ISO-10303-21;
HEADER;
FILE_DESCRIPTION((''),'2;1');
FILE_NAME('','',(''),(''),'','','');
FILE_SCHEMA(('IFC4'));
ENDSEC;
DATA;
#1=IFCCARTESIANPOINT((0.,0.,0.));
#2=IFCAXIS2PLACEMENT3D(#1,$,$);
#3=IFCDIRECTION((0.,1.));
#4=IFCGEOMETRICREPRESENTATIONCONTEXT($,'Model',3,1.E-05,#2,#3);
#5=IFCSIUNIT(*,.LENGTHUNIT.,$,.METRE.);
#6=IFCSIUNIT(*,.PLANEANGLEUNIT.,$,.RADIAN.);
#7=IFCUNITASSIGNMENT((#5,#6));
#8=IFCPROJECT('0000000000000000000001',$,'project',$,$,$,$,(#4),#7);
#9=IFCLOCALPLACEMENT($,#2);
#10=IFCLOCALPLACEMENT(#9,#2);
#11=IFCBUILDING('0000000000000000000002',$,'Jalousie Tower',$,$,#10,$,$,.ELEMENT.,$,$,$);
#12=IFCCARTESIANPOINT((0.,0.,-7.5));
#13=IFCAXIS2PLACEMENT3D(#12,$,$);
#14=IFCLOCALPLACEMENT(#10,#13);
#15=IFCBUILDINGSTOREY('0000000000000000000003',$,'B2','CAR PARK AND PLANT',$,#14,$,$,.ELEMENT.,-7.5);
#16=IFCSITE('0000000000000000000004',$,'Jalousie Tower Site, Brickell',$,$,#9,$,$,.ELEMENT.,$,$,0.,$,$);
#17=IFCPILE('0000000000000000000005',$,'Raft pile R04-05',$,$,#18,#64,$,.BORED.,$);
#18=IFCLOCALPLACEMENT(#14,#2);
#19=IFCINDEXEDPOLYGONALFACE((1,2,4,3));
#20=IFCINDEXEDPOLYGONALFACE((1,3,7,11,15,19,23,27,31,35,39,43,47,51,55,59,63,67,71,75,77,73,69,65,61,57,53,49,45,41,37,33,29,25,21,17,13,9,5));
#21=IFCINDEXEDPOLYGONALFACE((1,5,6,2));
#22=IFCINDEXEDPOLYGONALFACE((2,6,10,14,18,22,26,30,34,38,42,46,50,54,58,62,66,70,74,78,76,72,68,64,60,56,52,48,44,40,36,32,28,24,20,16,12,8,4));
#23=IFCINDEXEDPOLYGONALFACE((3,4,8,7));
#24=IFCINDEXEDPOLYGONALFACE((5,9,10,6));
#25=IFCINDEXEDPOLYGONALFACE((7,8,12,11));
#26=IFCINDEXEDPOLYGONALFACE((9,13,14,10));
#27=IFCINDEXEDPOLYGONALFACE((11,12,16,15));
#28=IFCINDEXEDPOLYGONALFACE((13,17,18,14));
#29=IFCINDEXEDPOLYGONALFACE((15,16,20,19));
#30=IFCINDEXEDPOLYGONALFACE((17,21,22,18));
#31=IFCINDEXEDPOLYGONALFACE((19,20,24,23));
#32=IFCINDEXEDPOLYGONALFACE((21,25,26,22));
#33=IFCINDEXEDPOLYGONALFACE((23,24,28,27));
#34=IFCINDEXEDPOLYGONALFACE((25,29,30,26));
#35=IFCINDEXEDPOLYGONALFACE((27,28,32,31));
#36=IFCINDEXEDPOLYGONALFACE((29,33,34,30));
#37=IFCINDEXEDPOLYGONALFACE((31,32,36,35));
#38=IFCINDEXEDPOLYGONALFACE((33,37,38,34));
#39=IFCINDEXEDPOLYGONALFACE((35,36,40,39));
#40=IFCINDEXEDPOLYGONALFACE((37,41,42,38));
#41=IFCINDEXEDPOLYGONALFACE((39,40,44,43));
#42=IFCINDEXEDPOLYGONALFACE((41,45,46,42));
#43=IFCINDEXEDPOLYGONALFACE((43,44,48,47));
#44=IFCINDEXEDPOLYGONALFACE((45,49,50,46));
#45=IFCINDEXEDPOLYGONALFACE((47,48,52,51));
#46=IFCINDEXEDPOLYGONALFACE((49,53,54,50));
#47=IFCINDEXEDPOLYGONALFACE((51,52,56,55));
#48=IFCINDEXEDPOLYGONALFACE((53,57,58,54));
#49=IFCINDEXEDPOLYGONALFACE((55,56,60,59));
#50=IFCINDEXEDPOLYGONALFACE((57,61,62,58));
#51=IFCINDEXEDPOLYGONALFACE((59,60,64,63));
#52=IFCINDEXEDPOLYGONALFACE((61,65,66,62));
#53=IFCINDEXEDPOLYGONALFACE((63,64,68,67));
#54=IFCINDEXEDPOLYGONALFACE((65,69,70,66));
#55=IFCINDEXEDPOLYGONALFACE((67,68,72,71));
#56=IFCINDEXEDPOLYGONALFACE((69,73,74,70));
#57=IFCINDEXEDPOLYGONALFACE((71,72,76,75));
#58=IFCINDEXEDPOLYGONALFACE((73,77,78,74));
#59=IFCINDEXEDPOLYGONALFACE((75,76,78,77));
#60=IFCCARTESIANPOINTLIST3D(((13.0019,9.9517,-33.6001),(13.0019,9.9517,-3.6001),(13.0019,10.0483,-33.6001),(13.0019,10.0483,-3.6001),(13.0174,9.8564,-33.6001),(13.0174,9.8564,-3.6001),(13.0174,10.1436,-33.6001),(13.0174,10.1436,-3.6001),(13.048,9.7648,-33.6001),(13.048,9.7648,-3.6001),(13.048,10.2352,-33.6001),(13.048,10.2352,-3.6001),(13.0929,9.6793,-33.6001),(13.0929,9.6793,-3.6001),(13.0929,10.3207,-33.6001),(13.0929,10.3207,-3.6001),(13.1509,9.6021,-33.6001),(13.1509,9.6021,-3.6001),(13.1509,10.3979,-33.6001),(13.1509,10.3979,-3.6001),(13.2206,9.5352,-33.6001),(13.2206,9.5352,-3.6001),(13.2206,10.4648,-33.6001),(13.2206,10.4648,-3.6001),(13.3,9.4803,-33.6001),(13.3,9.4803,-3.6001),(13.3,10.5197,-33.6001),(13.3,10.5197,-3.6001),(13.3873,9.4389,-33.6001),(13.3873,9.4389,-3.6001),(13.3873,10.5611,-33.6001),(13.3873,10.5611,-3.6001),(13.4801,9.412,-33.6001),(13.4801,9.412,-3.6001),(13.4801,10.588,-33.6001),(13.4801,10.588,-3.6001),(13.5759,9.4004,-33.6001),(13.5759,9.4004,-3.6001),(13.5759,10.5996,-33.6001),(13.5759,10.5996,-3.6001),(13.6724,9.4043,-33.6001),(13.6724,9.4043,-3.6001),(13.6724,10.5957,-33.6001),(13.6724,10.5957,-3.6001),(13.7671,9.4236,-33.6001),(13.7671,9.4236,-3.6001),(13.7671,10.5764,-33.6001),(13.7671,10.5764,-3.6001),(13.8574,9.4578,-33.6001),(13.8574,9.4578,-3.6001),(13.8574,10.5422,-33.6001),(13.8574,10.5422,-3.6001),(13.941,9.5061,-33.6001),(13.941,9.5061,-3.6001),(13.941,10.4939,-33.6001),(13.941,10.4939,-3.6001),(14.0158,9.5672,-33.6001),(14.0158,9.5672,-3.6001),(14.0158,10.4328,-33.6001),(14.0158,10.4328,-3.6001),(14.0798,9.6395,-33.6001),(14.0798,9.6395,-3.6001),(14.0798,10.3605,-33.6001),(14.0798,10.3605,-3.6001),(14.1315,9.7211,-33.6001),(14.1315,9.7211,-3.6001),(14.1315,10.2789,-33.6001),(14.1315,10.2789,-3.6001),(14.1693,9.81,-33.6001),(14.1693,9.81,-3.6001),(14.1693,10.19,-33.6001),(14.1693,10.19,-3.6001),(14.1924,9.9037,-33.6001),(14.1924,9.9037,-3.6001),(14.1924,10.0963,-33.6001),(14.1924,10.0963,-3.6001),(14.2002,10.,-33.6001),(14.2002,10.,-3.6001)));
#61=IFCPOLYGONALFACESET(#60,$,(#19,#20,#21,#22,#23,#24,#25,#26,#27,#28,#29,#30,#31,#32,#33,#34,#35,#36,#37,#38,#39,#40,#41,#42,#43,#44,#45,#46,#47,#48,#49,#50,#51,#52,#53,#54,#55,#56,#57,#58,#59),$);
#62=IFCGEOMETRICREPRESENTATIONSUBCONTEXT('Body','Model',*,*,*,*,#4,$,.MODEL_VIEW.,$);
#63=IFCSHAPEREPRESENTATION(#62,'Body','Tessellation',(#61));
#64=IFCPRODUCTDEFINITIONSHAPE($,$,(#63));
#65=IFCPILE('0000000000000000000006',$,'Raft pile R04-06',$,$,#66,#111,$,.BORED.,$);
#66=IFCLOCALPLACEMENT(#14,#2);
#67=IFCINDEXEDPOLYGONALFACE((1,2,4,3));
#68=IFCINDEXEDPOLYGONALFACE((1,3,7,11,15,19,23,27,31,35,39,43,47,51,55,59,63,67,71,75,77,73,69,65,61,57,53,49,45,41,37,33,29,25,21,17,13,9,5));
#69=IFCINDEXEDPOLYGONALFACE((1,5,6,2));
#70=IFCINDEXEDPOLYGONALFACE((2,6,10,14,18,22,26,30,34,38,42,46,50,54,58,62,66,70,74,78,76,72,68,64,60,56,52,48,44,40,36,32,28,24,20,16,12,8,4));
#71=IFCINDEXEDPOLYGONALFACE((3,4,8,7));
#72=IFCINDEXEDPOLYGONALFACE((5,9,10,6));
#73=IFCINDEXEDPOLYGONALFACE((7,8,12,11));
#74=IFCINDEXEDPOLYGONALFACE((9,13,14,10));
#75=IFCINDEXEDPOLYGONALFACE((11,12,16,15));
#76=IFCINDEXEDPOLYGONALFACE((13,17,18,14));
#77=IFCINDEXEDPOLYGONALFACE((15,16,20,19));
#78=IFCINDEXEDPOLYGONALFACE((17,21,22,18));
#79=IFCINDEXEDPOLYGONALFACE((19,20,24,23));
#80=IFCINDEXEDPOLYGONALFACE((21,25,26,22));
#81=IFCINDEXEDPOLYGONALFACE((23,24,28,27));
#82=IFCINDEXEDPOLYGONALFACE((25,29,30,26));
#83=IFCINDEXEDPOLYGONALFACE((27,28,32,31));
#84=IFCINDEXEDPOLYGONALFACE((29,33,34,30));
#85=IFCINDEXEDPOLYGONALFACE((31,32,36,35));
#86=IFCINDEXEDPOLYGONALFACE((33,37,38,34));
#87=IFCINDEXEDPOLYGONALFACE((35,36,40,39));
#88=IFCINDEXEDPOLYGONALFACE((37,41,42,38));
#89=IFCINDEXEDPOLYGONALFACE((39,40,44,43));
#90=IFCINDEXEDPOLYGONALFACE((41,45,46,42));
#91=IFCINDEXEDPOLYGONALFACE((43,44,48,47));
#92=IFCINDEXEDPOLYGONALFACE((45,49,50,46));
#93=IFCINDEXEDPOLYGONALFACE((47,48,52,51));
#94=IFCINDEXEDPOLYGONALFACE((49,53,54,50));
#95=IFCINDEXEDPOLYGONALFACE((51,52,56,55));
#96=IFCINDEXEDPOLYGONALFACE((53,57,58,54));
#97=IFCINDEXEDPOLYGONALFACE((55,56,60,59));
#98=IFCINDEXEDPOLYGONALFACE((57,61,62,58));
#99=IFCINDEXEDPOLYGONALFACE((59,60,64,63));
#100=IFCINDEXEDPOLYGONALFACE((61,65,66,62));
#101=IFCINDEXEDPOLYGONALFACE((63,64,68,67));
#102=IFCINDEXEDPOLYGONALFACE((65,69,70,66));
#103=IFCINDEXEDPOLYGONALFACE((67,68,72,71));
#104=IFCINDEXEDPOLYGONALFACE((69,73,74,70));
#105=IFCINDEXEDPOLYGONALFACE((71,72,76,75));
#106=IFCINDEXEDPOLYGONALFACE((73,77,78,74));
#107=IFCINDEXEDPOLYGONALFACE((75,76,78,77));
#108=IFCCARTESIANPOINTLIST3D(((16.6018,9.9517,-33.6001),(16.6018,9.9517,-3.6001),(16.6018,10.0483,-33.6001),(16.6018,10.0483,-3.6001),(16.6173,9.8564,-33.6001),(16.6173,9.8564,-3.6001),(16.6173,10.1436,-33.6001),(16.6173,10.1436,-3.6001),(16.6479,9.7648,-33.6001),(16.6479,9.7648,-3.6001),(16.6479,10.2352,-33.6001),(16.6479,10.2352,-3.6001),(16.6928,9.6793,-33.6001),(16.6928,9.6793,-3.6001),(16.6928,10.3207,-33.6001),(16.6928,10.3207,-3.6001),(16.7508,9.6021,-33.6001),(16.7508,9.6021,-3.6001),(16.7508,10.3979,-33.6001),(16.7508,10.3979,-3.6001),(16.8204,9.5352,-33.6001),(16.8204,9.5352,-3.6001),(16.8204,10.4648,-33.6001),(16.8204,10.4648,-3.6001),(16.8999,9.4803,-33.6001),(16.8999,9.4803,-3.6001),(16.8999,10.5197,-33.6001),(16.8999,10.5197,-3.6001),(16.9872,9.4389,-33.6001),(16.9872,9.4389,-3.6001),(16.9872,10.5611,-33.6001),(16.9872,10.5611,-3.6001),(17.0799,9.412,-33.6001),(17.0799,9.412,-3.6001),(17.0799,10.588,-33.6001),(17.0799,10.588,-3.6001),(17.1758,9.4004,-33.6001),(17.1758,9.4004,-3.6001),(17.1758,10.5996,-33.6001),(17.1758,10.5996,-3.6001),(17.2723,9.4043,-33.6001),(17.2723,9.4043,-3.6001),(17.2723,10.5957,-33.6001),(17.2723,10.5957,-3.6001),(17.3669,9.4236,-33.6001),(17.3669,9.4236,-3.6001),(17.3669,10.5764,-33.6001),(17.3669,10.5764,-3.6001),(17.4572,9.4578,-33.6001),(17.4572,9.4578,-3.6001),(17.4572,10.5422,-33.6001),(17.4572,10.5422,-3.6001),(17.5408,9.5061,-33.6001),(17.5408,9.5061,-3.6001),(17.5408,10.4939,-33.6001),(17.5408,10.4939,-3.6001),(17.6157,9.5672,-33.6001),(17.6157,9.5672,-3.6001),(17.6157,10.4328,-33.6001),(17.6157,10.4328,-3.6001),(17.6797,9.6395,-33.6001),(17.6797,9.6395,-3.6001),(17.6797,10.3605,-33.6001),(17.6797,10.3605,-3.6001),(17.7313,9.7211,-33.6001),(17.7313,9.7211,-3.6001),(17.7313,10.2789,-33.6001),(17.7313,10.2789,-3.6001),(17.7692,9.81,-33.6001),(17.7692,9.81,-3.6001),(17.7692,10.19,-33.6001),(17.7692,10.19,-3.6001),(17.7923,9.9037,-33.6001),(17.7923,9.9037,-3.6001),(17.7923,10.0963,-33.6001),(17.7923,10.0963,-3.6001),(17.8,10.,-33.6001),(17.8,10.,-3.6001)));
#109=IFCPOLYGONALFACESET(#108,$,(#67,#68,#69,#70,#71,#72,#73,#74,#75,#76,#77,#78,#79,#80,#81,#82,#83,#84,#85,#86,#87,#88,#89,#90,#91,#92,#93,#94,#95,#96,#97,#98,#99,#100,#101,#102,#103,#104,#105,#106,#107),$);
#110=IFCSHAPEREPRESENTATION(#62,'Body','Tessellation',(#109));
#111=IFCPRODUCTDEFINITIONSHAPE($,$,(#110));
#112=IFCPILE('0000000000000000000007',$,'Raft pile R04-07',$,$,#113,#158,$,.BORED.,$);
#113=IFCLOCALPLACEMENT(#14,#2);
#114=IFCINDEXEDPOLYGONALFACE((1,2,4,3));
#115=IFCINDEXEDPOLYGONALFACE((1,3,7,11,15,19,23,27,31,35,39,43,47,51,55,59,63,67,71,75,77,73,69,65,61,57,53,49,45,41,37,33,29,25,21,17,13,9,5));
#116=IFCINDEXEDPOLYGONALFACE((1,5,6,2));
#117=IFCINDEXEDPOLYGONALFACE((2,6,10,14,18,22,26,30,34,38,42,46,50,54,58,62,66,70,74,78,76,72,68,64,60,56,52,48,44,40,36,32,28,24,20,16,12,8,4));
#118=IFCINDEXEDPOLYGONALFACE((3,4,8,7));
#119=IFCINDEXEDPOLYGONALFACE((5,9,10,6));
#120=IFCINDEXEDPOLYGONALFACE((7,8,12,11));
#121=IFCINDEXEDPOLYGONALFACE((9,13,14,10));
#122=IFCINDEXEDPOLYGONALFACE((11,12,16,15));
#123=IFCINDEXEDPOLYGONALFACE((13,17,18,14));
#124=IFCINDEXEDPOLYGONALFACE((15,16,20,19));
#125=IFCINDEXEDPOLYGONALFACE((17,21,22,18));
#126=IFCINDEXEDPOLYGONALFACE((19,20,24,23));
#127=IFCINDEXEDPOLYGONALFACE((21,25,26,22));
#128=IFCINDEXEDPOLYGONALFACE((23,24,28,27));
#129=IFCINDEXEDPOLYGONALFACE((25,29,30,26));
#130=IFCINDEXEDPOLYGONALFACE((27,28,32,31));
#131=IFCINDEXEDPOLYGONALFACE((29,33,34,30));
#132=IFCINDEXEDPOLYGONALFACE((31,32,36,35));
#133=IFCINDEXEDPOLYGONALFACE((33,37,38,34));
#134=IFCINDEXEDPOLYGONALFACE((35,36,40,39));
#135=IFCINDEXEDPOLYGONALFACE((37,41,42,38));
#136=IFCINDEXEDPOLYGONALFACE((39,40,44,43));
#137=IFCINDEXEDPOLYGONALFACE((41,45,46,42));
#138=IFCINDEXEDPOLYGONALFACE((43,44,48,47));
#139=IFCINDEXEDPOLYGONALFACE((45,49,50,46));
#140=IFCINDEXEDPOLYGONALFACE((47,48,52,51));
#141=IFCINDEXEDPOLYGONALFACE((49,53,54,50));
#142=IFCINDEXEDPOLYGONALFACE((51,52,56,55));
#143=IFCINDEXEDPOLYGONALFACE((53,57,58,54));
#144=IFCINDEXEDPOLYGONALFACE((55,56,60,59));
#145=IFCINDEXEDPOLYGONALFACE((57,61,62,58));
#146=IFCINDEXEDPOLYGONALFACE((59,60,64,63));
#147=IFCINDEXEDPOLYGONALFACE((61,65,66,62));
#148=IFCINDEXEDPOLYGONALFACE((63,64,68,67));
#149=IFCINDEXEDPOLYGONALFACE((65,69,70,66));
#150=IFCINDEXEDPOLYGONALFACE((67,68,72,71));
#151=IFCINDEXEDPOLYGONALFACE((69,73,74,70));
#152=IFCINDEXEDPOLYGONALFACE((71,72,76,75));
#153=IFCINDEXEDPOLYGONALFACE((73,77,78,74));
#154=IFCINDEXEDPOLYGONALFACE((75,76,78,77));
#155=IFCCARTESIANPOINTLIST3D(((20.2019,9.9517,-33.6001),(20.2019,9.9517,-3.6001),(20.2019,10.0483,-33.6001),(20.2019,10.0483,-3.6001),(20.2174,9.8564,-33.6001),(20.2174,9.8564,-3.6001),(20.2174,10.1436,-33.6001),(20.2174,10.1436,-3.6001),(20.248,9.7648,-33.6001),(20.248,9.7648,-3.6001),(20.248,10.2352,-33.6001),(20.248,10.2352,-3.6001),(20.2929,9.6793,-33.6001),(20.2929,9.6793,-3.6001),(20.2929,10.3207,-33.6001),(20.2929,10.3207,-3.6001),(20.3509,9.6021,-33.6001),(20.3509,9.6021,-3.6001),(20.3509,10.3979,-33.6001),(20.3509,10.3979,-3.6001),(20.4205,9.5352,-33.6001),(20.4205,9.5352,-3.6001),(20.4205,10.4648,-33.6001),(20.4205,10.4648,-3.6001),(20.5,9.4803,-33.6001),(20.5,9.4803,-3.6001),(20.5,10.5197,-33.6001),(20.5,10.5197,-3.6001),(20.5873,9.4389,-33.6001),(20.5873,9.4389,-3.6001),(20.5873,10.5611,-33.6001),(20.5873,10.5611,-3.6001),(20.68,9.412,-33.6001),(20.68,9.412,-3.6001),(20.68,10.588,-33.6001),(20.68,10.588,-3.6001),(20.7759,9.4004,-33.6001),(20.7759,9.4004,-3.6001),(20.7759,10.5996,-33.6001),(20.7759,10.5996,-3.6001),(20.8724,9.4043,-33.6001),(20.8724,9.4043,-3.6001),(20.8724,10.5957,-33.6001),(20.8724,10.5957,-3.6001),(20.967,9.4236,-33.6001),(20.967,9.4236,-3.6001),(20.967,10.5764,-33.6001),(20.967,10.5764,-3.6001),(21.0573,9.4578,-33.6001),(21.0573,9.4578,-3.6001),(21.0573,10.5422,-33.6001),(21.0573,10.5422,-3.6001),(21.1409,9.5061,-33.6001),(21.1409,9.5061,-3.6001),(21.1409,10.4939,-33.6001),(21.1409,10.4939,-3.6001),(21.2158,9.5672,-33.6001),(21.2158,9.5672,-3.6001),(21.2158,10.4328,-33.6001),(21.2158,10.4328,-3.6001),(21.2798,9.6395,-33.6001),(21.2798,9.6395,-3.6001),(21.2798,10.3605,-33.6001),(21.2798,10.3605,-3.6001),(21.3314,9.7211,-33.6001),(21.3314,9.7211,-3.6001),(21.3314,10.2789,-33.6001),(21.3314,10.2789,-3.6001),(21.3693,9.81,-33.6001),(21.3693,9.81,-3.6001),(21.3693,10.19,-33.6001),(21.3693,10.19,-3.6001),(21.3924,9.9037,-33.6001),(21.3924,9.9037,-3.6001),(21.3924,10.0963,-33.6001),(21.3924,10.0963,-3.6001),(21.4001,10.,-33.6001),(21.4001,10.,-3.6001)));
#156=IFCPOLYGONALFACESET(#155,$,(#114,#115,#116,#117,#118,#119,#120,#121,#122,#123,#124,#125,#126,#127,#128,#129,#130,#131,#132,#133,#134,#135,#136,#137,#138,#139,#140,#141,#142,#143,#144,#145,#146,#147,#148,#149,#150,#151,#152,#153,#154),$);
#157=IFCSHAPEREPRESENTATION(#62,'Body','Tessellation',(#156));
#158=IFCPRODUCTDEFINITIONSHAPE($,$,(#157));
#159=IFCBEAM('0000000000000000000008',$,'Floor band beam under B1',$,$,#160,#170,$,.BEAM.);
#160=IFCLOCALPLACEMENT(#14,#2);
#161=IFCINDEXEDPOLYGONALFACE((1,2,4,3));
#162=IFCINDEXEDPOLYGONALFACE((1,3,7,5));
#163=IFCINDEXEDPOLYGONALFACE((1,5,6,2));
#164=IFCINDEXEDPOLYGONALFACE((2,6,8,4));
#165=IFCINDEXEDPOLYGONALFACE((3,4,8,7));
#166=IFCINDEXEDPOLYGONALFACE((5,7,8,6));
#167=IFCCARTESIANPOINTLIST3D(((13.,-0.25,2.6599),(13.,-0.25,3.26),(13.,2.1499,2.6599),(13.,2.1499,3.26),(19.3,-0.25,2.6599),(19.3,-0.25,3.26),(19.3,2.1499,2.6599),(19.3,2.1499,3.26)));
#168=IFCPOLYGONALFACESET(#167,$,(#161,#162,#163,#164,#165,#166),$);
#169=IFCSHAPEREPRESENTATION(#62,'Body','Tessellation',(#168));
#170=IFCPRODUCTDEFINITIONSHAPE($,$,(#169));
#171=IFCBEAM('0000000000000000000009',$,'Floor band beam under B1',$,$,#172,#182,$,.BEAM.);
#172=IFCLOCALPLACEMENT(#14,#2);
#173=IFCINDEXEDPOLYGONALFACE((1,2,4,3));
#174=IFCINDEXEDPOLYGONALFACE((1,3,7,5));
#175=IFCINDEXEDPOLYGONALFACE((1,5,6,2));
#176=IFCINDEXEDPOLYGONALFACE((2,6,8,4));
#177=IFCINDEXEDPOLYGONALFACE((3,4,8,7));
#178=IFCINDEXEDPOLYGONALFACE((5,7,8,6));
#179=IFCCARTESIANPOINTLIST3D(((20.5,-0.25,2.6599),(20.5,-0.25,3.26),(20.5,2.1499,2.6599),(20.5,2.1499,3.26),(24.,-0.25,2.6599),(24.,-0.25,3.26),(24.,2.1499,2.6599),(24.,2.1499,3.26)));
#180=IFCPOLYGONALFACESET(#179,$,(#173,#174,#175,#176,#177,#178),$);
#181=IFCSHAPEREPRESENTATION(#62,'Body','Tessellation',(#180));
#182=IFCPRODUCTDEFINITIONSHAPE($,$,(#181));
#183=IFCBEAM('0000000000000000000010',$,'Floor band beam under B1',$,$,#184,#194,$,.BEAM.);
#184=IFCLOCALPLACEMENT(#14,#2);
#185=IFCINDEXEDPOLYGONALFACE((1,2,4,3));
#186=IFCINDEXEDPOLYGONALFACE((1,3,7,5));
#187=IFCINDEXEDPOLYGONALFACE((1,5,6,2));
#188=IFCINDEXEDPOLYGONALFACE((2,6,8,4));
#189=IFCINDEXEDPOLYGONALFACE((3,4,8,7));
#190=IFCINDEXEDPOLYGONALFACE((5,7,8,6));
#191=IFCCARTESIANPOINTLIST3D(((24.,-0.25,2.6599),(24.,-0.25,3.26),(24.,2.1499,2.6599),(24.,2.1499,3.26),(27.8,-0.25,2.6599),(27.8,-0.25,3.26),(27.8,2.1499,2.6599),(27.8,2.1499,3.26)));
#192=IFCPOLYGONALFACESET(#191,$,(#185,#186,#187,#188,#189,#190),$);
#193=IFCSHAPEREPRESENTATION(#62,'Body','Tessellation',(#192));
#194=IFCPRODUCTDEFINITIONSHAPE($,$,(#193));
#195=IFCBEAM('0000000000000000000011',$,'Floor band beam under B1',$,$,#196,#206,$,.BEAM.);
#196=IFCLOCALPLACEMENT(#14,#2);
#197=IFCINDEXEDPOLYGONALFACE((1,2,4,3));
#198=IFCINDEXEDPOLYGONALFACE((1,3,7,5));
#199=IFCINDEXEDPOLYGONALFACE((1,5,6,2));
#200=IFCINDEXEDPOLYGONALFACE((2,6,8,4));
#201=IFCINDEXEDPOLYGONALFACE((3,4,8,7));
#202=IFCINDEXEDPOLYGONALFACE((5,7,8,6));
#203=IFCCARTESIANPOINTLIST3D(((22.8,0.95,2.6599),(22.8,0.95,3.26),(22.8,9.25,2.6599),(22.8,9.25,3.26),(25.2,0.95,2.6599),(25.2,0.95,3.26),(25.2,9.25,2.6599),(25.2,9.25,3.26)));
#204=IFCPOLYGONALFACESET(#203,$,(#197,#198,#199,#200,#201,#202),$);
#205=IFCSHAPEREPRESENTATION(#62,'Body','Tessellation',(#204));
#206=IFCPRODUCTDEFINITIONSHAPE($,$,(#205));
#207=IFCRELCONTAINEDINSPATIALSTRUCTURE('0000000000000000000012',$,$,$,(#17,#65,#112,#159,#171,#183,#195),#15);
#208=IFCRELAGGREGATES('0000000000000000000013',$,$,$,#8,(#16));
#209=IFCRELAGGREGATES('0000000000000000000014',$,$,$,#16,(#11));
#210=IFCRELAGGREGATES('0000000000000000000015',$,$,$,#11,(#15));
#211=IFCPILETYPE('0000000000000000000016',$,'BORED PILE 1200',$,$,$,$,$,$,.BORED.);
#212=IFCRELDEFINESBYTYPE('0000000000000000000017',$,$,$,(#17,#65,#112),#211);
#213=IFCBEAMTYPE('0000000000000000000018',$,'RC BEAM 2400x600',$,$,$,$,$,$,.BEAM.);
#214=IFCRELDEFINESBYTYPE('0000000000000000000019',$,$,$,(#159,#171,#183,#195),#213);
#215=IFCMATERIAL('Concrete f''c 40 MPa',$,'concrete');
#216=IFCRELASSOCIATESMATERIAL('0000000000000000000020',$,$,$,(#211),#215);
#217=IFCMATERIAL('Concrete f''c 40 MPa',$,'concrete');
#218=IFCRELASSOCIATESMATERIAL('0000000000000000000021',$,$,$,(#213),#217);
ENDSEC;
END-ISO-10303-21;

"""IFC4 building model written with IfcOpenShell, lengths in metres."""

from ifc_helpers import new_model, si_unit, direction, frame, origin, origin_2d, place, context, subcontext, project, spatial, rectangle, circle, extrude, material, material_profile, profile_set, type_object, element, save


model = new_model("IFC4")

# Units and contexts
model_context = context("Model", 3, precision=1e-05, world=origin(), true_north=direction((0.0, 1.0)))
body_context = subcontext(model_context, "Body", "Model", "MODEL_VIEW")
ifc_project = project(units=[si_unit("LENGTHUNIT", "METRE"), si_unit("PLANEANGLEUNIT", "RADIAN")], contexts=[model_context])

# Site, building, storey
site_placement = place(None, origin())
site = spatial("IfcSite", under=ifc_project, at=site_placement, Name="Jalousie Tower Site, Brickell", CompositionType="ELEMENT", RefElevation=0.0)
building_placement = place(site_placement, origin())
building = spatial("IfcBuilding", under=site, at=building_placement, Name="Jalousie Tower", CompositionType="ELEMENT")
storey_placement = place(building_placement, frame((0.0, 0.0, -7.5)))
storey = spatial("IfcBuildingStorey", under=building, at=storey_placement, Name="B2", Description="CAR PARK AND PLANT", CompositionType="ELEMENT", Elevation=-7.5)

# Piles
ifc_material_1 = material(Name="Concrete f'c 40 MPa", Category="concrete")
ifc_material_profile_1 = material_profile(ifc_material_1, circle(Radius=0.6001, at=origin_2d()), Name="BORED PILE D1200")
ifc_profile_set_1 = profile_set([ifc_material_profile_1], Name="Concrete f'c 40 MPa")
pile_type = type_object("IfcPileType", Name="BORED PILE 1200", PredefinedType="BORED", material=ifc_profile_set_1)
for number, where, z_axis, x_axis, name in (
    (1, (13.6001, 10.0, -3.6001), (0.0, 0.0, -1.0), (1.0, 0.0, 0.0), "Raft pile R04-05"),
    (2, (17.2, 10.0, -3.6001), (0.0, 0.0, -1.0), (1.0, 0.0, 0.0), "Raft pile R04-06"),
    (3, (20.8, 10.0, -3.6001), (0.0, 0.0, -1.0), (1.0, 0.0, 0.0), "Raft pile R04-07"),
):
    element("IfcPile", number, at=place(storey_placement, frame(where, z_axis=z_axis, x_axis=x_axis)), inside=storey, type_object=pile_type, Name=name, PredefinedType="BORED", context=body_context, shape_type="SweptSolid", body=[
        extrude(circle(Radius=0.6001, at=origin_2d()), origin(), (0.0, 0.0, 1.0), 30.0),
    ])

# Beams
ifc_material_2 = material(Name="Concrete f'c 40 MPa", Category="concrete")
ifc_material_profile_2 = material_profile(ifc_material_2, rectangle(XDim=2.3999, YDim=0.6001, at=origin_2d()), Name="RC 2400x600")
ifc_profile_set_2 = profile_set([ifc_material_profile_2], Name="Concrete f'c 40 MPa")
beam_type_1 = type_object("IfcBeamType", Name="RC BEAM 2400x600", PredefinedType="BEAM", material=ifc_profile_set_2)
beam_1_placement = place(storey_placement, frame((13.0, 0.95, 2.96), z_axis=(1.0, 0.0, 0.0), x_axis=(0.0, 1.0, 0.0)))
element("IfcBeam", 4, at=beam_1_placement, inside=storey, type_object=beam_type_1, Name="Floor band beam under B1", PredefinedType="BEAM", context=body_context, shape_type="SweptSolid", body=[
    extrude(rectangle(XDim=2.3999, YDim=0.6001, at=origin_2d()), origin(), (0.0, 0.0, 1.0), 6.3),
])
beam_2_placement = place(storey_placement, frame((20.5, 0.95, 2.96), z_axis=(1.0, 0.0, 0.0), x_axis=(0.0, 1.0, 0.0)))
element("IfcBeam", 5, at=beam_2_placement, inside=storey, type_object=beam_type_1, Name="Floor band beam under B1", PredefinedType="BEAM", context=body_context, shape_type="SweptSolid", body=[
    extrude(rectangle(XDim=2.3999, YDim=0.6001, at=origin_2d()), origin(), (0.0, 0.0, 1.0), 3.5),
])
beam_3_placement = place(storey_placement, frame((24.0, 0.95, 2.96), z_axis=(1.0, 0.0, 0.0), x_axis=(0.0, 1.0, 0.0)))
element("IfcBeam", 6, at=beam_3_placement, inside=storey, type_object=beam_type_1, Name="Floor band beam under B1", PredefinedType="BEAM", context=body_context, shape_type="SweptSolid", body=[
    extrude(rectangle(XDim=2.3999, YDim=0.6001, at=origin_2d()), origin(), (0.0, 0.0, 1.0), 3.8),
])
beam_4_placement = place(storey_placement, frame((24.0, 0.95, 2.96), z_axis=(0.0, 1.0, 0.0), x_axis=(-1.0, 0.0, 0.0)))
element("IfcBeam", 7, at=beam_4_placement, inside=storey, type_object=beam_type_1, Name="Floor band beam under B1", PredefinedType="BEAM", context=body_context, shape_type="SweptSolid", body=[
    extrude(rectangle(XDim=2.3999, YDim=0.6001, at=origin_2d()), origin(), (0.0, 0.0, 1.0), 8.3),
])

save(model, "model.ifc")
